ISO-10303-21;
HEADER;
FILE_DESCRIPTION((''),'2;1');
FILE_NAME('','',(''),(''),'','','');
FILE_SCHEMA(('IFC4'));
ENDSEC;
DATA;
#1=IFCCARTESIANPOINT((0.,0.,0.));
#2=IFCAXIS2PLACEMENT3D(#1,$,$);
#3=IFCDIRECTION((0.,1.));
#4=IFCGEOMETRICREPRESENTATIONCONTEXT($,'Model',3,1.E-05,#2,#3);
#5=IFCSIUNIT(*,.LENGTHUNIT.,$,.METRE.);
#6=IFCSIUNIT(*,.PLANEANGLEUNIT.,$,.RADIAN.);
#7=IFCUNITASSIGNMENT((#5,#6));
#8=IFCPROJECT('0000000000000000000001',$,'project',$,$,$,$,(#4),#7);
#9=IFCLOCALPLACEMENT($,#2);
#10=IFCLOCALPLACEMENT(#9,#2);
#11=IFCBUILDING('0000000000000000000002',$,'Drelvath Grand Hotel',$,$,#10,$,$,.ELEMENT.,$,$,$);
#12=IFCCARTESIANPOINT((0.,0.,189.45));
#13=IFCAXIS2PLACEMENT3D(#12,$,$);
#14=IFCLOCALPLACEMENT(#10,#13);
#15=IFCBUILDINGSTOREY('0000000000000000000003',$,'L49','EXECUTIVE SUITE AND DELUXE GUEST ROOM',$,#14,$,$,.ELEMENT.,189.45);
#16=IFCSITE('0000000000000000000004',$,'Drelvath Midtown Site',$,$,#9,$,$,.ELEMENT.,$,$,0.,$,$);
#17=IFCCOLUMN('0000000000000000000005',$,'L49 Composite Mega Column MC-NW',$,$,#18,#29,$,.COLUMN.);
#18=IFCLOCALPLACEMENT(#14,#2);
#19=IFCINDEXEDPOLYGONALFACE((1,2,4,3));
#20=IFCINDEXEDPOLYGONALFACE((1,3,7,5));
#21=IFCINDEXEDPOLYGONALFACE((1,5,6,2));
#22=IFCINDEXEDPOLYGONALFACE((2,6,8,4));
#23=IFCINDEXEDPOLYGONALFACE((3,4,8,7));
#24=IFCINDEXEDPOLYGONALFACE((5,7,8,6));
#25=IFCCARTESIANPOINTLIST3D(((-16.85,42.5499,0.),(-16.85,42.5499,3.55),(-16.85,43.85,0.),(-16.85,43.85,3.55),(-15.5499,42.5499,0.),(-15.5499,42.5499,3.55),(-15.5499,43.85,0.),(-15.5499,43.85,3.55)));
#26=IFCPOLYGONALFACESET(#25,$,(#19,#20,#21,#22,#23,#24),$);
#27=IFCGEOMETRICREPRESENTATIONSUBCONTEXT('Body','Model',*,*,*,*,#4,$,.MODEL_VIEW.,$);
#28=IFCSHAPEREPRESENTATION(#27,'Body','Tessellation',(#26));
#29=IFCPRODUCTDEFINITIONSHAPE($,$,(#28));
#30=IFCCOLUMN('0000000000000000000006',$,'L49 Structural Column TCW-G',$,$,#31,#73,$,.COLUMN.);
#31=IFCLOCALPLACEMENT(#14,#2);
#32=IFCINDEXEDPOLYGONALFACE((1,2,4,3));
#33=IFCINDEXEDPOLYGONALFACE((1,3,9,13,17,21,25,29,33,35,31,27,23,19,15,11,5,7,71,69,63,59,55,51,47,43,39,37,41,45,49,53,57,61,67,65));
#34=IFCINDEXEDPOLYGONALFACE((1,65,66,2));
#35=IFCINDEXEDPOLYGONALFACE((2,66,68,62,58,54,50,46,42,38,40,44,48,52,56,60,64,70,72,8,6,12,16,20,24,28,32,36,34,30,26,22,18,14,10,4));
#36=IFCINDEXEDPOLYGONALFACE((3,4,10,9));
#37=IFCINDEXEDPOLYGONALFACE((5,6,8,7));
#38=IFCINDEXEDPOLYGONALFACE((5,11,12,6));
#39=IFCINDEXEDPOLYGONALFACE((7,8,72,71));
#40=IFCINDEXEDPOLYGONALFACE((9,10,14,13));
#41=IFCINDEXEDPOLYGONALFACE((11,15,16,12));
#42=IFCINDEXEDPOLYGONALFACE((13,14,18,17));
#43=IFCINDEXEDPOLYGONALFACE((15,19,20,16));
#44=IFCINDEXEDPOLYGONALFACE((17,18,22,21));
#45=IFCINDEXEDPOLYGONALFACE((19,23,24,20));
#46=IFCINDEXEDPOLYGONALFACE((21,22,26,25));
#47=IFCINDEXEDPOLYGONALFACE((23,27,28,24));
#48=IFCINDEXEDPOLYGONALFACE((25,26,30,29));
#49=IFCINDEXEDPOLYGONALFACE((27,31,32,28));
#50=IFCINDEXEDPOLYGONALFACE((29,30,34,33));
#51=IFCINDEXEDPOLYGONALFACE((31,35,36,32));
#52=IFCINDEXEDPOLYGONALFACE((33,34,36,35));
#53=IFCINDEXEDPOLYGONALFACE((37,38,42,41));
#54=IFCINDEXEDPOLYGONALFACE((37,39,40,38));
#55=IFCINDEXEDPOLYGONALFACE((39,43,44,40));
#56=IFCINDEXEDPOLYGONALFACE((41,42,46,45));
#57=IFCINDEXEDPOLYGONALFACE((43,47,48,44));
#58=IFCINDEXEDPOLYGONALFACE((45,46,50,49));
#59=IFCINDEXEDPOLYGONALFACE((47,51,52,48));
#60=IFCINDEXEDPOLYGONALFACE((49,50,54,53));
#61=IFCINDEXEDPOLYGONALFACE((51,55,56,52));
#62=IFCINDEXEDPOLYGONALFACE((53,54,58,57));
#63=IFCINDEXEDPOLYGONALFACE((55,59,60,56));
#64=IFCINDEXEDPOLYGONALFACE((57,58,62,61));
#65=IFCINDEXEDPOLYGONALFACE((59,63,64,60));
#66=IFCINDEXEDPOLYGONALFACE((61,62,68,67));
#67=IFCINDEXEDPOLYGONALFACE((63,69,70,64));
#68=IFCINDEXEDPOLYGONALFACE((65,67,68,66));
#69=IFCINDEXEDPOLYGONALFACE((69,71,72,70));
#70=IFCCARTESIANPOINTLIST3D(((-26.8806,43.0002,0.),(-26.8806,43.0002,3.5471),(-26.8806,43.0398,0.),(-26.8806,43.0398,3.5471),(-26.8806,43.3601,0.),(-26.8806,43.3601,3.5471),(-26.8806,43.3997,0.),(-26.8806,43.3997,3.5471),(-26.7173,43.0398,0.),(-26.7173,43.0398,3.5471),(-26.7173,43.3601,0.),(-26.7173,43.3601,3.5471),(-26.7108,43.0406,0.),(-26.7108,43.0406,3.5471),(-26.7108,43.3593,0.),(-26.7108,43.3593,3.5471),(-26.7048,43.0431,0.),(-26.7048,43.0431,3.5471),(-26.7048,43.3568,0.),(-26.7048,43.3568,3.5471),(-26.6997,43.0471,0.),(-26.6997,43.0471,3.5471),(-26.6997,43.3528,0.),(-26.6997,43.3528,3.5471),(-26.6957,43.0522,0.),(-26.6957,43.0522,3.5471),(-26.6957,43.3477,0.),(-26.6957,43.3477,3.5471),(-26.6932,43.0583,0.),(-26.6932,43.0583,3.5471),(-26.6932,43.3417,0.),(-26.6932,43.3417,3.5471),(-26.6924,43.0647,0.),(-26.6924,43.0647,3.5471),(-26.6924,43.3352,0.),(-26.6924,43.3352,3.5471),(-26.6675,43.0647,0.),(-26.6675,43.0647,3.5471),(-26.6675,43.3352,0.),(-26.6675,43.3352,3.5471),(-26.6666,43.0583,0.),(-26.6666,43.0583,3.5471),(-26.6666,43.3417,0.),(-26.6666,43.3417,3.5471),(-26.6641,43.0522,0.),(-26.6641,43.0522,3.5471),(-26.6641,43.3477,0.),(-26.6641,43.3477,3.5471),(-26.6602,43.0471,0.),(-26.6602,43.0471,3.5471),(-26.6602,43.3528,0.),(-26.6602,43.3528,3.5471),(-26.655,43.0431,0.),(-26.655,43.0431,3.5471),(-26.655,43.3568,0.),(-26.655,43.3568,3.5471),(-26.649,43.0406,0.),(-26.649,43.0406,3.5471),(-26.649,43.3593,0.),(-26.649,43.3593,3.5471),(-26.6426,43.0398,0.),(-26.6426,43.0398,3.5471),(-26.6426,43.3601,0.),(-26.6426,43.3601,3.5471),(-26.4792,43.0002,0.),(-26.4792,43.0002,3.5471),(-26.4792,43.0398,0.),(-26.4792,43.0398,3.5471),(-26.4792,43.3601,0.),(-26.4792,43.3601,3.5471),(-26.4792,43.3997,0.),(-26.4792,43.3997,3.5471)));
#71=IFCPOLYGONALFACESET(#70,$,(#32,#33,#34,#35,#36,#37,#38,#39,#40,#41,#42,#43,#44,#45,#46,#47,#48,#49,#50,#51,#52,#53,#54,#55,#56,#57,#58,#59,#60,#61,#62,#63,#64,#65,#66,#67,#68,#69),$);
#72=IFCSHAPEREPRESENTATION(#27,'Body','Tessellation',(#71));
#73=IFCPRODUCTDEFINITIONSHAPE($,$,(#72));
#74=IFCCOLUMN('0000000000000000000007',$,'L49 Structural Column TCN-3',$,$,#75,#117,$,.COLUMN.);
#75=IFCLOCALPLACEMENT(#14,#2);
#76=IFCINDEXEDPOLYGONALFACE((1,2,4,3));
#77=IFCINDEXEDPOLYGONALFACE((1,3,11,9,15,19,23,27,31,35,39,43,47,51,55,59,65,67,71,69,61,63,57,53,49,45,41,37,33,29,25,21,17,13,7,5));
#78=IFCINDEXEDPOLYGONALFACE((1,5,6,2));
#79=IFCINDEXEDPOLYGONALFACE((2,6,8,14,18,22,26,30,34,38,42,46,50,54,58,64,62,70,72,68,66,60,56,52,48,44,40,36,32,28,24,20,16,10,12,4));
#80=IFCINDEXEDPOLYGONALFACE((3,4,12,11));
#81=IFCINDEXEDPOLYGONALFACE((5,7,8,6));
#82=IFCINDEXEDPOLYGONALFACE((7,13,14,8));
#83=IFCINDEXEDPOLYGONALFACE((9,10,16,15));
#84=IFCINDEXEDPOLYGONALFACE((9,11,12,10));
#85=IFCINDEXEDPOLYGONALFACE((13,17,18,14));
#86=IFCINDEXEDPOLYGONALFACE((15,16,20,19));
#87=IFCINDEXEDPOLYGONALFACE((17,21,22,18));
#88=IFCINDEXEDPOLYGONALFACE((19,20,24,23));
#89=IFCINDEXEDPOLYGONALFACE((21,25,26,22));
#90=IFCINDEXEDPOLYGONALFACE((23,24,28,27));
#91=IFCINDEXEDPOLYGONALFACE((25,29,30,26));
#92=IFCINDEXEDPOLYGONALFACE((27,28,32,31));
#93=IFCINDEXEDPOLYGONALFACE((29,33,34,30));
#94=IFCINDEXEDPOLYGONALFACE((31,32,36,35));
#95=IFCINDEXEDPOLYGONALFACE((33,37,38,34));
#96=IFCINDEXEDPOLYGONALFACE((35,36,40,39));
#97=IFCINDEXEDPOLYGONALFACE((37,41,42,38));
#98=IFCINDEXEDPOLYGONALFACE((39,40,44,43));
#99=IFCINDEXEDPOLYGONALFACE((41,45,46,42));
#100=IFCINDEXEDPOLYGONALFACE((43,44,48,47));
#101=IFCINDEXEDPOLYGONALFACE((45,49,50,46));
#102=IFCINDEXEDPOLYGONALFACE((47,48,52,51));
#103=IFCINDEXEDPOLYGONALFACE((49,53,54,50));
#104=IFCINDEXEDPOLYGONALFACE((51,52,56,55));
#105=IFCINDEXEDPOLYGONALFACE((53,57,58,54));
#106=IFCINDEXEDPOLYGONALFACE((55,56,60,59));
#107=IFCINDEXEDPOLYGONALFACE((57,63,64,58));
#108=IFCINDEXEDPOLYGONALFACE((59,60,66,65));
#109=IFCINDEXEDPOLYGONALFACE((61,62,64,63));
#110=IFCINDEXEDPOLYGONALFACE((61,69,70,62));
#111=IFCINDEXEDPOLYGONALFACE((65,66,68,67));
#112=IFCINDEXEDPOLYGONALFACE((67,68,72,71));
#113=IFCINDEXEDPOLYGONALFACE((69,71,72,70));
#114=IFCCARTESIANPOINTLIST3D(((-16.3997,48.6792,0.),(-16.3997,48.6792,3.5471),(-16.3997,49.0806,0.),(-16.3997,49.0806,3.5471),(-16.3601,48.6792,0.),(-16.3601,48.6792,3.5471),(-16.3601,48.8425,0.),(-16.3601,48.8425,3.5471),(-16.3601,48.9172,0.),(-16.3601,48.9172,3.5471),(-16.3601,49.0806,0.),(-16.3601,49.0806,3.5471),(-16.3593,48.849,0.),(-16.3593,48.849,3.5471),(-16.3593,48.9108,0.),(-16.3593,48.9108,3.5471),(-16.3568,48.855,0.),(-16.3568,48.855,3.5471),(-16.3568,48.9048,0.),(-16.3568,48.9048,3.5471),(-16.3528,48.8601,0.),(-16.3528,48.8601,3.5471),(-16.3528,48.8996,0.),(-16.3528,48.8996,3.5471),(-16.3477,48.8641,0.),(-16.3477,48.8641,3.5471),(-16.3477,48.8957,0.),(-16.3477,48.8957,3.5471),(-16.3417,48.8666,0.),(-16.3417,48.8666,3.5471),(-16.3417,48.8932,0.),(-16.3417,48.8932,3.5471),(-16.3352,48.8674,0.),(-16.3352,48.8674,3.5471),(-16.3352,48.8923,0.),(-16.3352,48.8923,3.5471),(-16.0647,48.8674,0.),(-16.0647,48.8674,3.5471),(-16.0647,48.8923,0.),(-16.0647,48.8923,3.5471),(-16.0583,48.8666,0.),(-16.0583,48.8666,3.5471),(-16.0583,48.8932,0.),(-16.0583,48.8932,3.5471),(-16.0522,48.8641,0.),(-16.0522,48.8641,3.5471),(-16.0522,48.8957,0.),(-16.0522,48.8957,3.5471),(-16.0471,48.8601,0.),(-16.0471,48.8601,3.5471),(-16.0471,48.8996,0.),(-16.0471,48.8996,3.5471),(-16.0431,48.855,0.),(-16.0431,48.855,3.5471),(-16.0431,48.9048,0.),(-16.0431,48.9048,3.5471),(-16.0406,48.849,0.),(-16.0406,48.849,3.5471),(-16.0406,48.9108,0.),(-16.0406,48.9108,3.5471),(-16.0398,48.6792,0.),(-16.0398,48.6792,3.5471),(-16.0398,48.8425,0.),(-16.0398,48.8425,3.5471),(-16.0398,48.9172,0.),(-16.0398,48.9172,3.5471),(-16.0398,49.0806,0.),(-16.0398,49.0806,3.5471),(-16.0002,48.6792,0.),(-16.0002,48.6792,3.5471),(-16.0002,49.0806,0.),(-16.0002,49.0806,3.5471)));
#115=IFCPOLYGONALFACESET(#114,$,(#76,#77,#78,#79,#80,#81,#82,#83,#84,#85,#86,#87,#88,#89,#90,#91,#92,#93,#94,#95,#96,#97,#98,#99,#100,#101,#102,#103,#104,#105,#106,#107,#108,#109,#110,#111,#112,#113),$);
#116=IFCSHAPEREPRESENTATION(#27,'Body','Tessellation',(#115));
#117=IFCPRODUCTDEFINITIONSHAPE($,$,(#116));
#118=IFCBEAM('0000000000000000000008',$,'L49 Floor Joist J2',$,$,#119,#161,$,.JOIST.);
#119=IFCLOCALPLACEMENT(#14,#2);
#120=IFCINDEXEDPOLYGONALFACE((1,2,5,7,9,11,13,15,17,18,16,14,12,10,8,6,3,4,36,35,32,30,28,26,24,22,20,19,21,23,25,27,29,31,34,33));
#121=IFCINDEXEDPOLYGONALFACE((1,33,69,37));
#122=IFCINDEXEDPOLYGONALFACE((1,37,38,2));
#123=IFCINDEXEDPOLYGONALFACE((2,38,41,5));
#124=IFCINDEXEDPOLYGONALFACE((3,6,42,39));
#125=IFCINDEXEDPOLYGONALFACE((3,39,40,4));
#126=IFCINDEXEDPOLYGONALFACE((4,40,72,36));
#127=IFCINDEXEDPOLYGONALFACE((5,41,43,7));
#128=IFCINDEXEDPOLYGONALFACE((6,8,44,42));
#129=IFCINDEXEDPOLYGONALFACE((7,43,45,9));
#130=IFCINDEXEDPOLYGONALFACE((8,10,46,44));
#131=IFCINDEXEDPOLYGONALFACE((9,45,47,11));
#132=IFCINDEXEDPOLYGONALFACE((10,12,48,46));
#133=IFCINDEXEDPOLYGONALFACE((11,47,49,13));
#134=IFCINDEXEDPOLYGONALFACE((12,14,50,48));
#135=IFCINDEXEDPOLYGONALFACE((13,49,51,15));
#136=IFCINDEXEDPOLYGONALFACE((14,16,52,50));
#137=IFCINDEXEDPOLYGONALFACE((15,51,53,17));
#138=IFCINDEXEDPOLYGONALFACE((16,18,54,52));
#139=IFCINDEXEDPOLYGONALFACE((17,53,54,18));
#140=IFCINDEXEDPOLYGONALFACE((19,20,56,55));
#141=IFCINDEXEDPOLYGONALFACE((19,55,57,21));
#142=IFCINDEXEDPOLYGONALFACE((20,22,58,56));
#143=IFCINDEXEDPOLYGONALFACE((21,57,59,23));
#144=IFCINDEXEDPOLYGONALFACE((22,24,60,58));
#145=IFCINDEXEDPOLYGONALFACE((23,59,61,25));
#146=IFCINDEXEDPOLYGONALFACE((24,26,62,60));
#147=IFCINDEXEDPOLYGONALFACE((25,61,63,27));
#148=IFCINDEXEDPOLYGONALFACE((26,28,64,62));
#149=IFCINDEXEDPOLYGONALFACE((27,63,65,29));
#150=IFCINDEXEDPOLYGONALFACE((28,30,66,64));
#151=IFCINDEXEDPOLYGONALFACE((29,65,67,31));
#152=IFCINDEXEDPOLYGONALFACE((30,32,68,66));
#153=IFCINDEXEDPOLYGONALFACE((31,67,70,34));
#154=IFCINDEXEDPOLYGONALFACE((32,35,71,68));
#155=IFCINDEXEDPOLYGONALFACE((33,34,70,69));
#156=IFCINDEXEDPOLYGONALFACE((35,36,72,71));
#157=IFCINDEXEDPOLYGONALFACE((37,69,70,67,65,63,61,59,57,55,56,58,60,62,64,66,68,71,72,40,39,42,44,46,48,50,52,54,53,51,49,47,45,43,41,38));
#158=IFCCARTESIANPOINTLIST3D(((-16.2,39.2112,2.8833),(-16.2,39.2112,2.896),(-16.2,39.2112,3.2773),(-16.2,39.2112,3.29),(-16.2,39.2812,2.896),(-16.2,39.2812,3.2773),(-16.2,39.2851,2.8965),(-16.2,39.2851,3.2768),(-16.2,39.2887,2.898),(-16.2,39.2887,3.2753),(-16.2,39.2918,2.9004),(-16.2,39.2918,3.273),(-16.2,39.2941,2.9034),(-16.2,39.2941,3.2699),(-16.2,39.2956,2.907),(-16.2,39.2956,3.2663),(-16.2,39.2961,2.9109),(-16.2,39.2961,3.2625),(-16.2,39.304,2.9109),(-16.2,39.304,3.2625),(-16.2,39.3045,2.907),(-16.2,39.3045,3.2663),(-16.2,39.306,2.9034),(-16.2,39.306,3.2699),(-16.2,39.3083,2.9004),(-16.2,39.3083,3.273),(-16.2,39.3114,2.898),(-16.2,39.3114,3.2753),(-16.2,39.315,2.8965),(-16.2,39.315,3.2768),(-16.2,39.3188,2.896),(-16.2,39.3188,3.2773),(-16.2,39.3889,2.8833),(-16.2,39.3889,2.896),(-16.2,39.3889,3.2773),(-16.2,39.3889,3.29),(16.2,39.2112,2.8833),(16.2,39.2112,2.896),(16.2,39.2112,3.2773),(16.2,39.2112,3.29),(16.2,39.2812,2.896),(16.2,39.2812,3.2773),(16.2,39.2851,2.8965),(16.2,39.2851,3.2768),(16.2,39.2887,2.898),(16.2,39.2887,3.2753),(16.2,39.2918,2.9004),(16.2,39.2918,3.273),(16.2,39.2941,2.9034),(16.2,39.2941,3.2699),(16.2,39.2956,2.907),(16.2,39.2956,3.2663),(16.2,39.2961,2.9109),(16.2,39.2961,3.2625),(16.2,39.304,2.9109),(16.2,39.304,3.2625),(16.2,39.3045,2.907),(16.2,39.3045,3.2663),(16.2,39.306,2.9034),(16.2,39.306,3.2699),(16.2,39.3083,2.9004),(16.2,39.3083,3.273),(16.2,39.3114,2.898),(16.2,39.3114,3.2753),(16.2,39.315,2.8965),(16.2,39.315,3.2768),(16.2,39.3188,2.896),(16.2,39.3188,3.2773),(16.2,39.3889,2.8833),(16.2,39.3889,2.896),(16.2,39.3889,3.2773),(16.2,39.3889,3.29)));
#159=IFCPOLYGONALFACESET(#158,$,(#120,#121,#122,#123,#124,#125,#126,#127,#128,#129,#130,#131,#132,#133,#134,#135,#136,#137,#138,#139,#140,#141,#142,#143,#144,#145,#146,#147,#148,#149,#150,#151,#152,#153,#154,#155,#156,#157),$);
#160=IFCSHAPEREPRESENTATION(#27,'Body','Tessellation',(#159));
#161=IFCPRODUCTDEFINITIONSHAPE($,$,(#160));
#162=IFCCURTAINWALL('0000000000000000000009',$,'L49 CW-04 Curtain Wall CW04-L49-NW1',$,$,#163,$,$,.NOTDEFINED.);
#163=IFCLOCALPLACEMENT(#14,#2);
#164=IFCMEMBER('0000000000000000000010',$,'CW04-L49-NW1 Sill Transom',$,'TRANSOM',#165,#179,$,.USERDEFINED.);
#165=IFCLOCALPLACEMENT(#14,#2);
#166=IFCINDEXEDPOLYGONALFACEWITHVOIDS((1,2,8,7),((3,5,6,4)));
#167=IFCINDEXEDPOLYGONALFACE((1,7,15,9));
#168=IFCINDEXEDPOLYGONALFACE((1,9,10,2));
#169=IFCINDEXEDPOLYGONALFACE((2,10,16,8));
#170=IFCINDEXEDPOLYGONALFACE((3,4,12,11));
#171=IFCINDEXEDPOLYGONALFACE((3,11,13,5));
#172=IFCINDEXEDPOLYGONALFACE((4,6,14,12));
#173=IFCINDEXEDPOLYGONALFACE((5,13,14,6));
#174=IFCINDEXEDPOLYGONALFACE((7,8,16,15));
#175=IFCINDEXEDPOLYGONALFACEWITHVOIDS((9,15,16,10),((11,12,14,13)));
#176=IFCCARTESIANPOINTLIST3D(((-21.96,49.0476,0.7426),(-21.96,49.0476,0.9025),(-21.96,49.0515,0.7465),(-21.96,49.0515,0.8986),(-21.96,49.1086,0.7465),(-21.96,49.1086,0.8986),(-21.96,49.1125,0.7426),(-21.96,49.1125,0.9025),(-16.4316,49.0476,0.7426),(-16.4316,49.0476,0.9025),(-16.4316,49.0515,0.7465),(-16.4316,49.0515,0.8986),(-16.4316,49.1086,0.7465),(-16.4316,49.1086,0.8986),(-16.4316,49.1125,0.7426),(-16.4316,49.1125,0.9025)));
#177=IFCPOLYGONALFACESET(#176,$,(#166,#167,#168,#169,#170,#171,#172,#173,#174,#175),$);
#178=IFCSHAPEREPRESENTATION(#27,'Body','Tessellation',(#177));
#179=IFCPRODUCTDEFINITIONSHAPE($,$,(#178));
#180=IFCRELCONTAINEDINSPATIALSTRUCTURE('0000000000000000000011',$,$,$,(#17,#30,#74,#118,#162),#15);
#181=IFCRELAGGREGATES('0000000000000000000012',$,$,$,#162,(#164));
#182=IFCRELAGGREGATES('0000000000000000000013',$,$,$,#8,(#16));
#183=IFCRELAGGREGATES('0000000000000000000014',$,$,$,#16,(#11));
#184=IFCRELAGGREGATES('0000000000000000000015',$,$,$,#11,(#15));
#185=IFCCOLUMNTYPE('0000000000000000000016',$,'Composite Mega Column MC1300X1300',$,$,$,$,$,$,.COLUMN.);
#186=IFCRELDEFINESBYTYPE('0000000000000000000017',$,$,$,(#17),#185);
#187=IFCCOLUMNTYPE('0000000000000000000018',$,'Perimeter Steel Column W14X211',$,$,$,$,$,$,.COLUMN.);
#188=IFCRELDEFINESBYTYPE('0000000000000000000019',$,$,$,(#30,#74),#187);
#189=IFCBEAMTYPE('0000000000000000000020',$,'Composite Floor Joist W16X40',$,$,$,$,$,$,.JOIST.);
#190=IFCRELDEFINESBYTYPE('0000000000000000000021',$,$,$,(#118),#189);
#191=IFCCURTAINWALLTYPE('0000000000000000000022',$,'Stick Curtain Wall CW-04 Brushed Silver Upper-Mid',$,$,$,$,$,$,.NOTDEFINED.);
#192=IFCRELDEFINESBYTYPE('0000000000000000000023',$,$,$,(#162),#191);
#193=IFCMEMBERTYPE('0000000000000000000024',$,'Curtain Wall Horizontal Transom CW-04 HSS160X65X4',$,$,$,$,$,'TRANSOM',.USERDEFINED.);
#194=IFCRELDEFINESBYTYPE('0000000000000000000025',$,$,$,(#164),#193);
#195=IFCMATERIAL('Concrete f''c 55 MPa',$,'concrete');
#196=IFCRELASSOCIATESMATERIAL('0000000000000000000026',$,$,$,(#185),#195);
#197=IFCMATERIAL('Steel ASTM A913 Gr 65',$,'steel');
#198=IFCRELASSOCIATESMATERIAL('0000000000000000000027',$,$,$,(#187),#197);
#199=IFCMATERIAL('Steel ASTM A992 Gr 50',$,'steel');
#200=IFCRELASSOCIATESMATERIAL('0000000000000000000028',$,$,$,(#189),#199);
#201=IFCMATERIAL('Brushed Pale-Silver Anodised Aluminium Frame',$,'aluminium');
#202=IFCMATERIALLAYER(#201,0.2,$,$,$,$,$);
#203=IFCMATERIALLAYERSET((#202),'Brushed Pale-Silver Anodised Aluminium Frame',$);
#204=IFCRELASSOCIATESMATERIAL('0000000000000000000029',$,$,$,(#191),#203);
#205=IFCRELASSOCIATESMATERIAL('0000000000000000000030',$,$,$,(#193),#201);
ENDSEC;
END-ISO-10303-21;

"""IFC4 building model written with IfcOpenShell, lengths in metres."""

from ifc_helpers import new_model, si_unit, direction, frame, origin, origin_2d, place, context, subcontext, project, spatial, rectangle, hollow_rectangle, i_section, extrude, material, layer, layer_set, material_profile, profile_set, type_object, element, aggregate, save


model = new_model("IFC4")

# Units and contexts
model_context = context("Model", 3, precision=1e-05, world=origin(), true_north=direction((0.0, 1.0)))
body_context = subcontext(model_context, "Body", "Model", "MODEL_VIEW")
ifc_project = project(units=[si_unit("LENGTHUNIT", "METRE"), si_unit("PLANEANGLEUNIT", "RADIAN")], contexts=[model_context])

# Site, building, storey
site_placement = place(None, origin())
site = spatial("IfcSite", under=ifc_project, at=site_placement, Name="Drelvath Midtown Site", CompositionType="ELEMENT", RefElevation=0.0)
building_placement = place(site_placement, origin())
building = spatial("IfcBuilding", under=site, at=building_placement, Name="Drelvath Grand Hotel", CompositionType="ELEMENT")
storey_placement = place(building_placement, frame((0.0, 0.0, 189.45)))
storey = spatial("IfcBuildingStorey", under=building, at=storey_placement, Name="L49", Description="EXECUTIVE SUITE AND DELUXE GUEST ROOM", CompositionType="ELEMENT", Elevation=189.45)

# Columns
ifc_material_1 = material(Name="Concrete f'c 55 MPa", Category="concrete")
ifc_material_profile_1 = material_profile(ifc_material_1, rectangle(XDim=1.3, YDim=1.3, at=origin_2d()), Name="MC1300X1300")
ifc_profile_set_1 = profile_set([ifc_material_profile_1], Name="Concrete f'c 55 MPa")
column_type_1 = type_object("IfcColumnType", Name="Composite Mega Column MC1300X1300", PredefinedType="COLUMN", material=ifc_profile_set_1)
column_placement = place(storey_placement, frame((-16.2, 43.2, 0.0), z_axis=(0.0, 0.0, 1.0), x_axis=(1.0, 0.0, 0.0)))
element("IfcColumn", 1, at=column_placement, inside=storey, type_object=column_type_1, Name="L49 Composite Mega Column MC-NW", PredefinedType="COLUMN", context=body_context, shape_type="SweptSolid", body=[
    extrude(rectangle(XDim=1.3, YDim=1.3, at=origin_2d()), origin(), (0.0, 0.0, 1.0), 3.55),
])
ifc_material_2 = material(Name="Steel ASTM A913 Gr 65", Category="steel")
ifc_material_profile_2 = material_profile(ifc_material_2, i_section(OverallWidth=0.4014, OverallDepth=0.3994, WebThickness=0.0249, FlangeThickness=0.0396, FilletRadius=0.0249, at=origin_2d()), Name="W14X211")
ifc_profile_set_2 = profile_set([ifc_material_profile_2], Name="Steel ASTM A913 Gr 65")
column_type_2 = type_object("IfcColumnType", Name="Perimeter Steel Column W14X211", PredefinedType="COLUMN", material=ifc_profile_set_2)
for number, where, z_axis, x_axis, name in (
    (2, (-26.6799, 43.2, 0.0), (0.0, 0.0, 1.0), (1.0, 0.0, 0.0), "L49 Structural Column TCW-G"),
    (3, (-16.2, 48.8799, 0.0), (0.0, 0.0, 1.0), (0.0, 1.0, 0.0), "L49 Structural Column TCN-3"),
):
    element("IfcColumn", number, at=place(storey_placement, frame(where, z_axis=z_axis, x_axis=x_axis)), inside=storey, type_object=column_type_2, Name=name, PredefinedType="COLUMN", context=body_context, shape_type="SweptSolid", body=[
        extrude(i_section(OverallWidth=0.4014, OverallDepth=0.3994, WebThickness=0.0249, FlangeThickness=0.0396, FilletRadius=0.0249, at=origin_2d()), origin(), (0.0, 0.0, 1.0), 3.5471),
    ])

# Beam
ifc_material_3 = material(Name="Steel ASTM A992 Gr 50", Category="steel")
ifc_material_profile_3 = material_profile(ifc_material_3, i_section(OverallWidth=0.1777, OverallDepth=0.4067, WebThickness=0.0078, FlangeThickness=0.0127, FilletRadius=0.0149, at=origin_2d()), Name="W16X40")
ifc_profile_set_3 = profile_set([ifc_material_profile_3], Name="Steel ASTM A992 Gr 50")
beam_type_1 = type_object("IfcBeamType", Name="Composite Floor Joist W16X40", PredefinedType="JOIST", material=ifc_profile_set_3)
beam_1_placement = place(storey_placement, frame((-16.2, 39.3, 3.0867), z_axis=(1.0, 0.0, 0.0), x_axis=(0.0, 1.0, 0.0)))
element("IfcBeam", 4, at=beam_1_placement, inside=storey, type_object=beam_type_1, Name="L49 Floor Joist J2", PredefinedType="JOIST", context=body_context, shape_type="SweptSolid", body=[
    extrude(i_section(OverallWidth=0.1777, OverallDepth=0.4067, WebThickness=0.0078, FlangeThickness=0.0127, FilletRadius=0.0149, at=origin_2d()), origin(), (0.0, 0.0, 1.0), 32.3999),
])

# Curtain wall, member
ifc_material_4 = material(Name="Brushed Pale-Silver Anodised Aluminium Frame", Category="aluminium")
ifc_layer_1 = layer(ifc_material_4, 0.2)
ifc_layer_set_1 = layer_set([ifc_layer_1], Name="Brushed Pale-Silver Anodised Aluminium Frame")
curtain_wall_type = type_object("IfcCurtainWallType", Name="Stick Curtain Wall CW-04 Brushed Silver Upper-Mid", PredefinedType="NOTDEFINED", material=ifc_layer_set_1)
curtain_wall_placement = place(storey_placement, origin())
curtain_wall = element("IfcCurtainWall", 5, at=curtain_wall_placement, inside=storey, type_object=curtain_wall_type, Name="L49 CW-04 Curtain Wall CW04-L49-NW1", PredefinedType="NOTDEFINED")
ifc_material_profile_4 = material_profile(ifc_material_4, hollow_rectangle(XDim=0.0649, YDim=0.1599, WallThickness=0.0039, at=origin_2d()), Name="HSS160X65X4")
ifc_profile_set_4 = profile_set([ifc_material_profile_4], Name="Brushed Pale-Silver Anodised Aluminium Frame")
member_type_1 = type_object("IfcMemberType", Name="Curtain Wall Horizontal Transom CW-04 HSS160X65X4", ElementType="TRANSOM", PredefinedType="USERDEFINED", material=ifc_profile_set_4)
member_1_placement = place(storey_placement, frame((-21.96, 49.0801, 0.8225), z_axis=(1.0, 0.0, 0.0), x_axis=(0.0, 1.0, 0.0)))
member_1 = element("IfcMember", 6, at=member_1_placement, type_object=member_type_1, Name="CW04-L49-NW1 Sill Transom", ObjectType="TRANSOM", PredefinedType="USERDEFINED", context=body_context, shape_type="SweptSolid", body=[
    extrude(hollow_rectangle(XDim=0.0649, YDim=0.1599, WallThickness=0.0039, at=origin_2d()), origin(), (0.0, 0.0, 1.0), 5.5283),
])

aggregate(curtain_wall, [member_1])

save(model, "model.ifc")
